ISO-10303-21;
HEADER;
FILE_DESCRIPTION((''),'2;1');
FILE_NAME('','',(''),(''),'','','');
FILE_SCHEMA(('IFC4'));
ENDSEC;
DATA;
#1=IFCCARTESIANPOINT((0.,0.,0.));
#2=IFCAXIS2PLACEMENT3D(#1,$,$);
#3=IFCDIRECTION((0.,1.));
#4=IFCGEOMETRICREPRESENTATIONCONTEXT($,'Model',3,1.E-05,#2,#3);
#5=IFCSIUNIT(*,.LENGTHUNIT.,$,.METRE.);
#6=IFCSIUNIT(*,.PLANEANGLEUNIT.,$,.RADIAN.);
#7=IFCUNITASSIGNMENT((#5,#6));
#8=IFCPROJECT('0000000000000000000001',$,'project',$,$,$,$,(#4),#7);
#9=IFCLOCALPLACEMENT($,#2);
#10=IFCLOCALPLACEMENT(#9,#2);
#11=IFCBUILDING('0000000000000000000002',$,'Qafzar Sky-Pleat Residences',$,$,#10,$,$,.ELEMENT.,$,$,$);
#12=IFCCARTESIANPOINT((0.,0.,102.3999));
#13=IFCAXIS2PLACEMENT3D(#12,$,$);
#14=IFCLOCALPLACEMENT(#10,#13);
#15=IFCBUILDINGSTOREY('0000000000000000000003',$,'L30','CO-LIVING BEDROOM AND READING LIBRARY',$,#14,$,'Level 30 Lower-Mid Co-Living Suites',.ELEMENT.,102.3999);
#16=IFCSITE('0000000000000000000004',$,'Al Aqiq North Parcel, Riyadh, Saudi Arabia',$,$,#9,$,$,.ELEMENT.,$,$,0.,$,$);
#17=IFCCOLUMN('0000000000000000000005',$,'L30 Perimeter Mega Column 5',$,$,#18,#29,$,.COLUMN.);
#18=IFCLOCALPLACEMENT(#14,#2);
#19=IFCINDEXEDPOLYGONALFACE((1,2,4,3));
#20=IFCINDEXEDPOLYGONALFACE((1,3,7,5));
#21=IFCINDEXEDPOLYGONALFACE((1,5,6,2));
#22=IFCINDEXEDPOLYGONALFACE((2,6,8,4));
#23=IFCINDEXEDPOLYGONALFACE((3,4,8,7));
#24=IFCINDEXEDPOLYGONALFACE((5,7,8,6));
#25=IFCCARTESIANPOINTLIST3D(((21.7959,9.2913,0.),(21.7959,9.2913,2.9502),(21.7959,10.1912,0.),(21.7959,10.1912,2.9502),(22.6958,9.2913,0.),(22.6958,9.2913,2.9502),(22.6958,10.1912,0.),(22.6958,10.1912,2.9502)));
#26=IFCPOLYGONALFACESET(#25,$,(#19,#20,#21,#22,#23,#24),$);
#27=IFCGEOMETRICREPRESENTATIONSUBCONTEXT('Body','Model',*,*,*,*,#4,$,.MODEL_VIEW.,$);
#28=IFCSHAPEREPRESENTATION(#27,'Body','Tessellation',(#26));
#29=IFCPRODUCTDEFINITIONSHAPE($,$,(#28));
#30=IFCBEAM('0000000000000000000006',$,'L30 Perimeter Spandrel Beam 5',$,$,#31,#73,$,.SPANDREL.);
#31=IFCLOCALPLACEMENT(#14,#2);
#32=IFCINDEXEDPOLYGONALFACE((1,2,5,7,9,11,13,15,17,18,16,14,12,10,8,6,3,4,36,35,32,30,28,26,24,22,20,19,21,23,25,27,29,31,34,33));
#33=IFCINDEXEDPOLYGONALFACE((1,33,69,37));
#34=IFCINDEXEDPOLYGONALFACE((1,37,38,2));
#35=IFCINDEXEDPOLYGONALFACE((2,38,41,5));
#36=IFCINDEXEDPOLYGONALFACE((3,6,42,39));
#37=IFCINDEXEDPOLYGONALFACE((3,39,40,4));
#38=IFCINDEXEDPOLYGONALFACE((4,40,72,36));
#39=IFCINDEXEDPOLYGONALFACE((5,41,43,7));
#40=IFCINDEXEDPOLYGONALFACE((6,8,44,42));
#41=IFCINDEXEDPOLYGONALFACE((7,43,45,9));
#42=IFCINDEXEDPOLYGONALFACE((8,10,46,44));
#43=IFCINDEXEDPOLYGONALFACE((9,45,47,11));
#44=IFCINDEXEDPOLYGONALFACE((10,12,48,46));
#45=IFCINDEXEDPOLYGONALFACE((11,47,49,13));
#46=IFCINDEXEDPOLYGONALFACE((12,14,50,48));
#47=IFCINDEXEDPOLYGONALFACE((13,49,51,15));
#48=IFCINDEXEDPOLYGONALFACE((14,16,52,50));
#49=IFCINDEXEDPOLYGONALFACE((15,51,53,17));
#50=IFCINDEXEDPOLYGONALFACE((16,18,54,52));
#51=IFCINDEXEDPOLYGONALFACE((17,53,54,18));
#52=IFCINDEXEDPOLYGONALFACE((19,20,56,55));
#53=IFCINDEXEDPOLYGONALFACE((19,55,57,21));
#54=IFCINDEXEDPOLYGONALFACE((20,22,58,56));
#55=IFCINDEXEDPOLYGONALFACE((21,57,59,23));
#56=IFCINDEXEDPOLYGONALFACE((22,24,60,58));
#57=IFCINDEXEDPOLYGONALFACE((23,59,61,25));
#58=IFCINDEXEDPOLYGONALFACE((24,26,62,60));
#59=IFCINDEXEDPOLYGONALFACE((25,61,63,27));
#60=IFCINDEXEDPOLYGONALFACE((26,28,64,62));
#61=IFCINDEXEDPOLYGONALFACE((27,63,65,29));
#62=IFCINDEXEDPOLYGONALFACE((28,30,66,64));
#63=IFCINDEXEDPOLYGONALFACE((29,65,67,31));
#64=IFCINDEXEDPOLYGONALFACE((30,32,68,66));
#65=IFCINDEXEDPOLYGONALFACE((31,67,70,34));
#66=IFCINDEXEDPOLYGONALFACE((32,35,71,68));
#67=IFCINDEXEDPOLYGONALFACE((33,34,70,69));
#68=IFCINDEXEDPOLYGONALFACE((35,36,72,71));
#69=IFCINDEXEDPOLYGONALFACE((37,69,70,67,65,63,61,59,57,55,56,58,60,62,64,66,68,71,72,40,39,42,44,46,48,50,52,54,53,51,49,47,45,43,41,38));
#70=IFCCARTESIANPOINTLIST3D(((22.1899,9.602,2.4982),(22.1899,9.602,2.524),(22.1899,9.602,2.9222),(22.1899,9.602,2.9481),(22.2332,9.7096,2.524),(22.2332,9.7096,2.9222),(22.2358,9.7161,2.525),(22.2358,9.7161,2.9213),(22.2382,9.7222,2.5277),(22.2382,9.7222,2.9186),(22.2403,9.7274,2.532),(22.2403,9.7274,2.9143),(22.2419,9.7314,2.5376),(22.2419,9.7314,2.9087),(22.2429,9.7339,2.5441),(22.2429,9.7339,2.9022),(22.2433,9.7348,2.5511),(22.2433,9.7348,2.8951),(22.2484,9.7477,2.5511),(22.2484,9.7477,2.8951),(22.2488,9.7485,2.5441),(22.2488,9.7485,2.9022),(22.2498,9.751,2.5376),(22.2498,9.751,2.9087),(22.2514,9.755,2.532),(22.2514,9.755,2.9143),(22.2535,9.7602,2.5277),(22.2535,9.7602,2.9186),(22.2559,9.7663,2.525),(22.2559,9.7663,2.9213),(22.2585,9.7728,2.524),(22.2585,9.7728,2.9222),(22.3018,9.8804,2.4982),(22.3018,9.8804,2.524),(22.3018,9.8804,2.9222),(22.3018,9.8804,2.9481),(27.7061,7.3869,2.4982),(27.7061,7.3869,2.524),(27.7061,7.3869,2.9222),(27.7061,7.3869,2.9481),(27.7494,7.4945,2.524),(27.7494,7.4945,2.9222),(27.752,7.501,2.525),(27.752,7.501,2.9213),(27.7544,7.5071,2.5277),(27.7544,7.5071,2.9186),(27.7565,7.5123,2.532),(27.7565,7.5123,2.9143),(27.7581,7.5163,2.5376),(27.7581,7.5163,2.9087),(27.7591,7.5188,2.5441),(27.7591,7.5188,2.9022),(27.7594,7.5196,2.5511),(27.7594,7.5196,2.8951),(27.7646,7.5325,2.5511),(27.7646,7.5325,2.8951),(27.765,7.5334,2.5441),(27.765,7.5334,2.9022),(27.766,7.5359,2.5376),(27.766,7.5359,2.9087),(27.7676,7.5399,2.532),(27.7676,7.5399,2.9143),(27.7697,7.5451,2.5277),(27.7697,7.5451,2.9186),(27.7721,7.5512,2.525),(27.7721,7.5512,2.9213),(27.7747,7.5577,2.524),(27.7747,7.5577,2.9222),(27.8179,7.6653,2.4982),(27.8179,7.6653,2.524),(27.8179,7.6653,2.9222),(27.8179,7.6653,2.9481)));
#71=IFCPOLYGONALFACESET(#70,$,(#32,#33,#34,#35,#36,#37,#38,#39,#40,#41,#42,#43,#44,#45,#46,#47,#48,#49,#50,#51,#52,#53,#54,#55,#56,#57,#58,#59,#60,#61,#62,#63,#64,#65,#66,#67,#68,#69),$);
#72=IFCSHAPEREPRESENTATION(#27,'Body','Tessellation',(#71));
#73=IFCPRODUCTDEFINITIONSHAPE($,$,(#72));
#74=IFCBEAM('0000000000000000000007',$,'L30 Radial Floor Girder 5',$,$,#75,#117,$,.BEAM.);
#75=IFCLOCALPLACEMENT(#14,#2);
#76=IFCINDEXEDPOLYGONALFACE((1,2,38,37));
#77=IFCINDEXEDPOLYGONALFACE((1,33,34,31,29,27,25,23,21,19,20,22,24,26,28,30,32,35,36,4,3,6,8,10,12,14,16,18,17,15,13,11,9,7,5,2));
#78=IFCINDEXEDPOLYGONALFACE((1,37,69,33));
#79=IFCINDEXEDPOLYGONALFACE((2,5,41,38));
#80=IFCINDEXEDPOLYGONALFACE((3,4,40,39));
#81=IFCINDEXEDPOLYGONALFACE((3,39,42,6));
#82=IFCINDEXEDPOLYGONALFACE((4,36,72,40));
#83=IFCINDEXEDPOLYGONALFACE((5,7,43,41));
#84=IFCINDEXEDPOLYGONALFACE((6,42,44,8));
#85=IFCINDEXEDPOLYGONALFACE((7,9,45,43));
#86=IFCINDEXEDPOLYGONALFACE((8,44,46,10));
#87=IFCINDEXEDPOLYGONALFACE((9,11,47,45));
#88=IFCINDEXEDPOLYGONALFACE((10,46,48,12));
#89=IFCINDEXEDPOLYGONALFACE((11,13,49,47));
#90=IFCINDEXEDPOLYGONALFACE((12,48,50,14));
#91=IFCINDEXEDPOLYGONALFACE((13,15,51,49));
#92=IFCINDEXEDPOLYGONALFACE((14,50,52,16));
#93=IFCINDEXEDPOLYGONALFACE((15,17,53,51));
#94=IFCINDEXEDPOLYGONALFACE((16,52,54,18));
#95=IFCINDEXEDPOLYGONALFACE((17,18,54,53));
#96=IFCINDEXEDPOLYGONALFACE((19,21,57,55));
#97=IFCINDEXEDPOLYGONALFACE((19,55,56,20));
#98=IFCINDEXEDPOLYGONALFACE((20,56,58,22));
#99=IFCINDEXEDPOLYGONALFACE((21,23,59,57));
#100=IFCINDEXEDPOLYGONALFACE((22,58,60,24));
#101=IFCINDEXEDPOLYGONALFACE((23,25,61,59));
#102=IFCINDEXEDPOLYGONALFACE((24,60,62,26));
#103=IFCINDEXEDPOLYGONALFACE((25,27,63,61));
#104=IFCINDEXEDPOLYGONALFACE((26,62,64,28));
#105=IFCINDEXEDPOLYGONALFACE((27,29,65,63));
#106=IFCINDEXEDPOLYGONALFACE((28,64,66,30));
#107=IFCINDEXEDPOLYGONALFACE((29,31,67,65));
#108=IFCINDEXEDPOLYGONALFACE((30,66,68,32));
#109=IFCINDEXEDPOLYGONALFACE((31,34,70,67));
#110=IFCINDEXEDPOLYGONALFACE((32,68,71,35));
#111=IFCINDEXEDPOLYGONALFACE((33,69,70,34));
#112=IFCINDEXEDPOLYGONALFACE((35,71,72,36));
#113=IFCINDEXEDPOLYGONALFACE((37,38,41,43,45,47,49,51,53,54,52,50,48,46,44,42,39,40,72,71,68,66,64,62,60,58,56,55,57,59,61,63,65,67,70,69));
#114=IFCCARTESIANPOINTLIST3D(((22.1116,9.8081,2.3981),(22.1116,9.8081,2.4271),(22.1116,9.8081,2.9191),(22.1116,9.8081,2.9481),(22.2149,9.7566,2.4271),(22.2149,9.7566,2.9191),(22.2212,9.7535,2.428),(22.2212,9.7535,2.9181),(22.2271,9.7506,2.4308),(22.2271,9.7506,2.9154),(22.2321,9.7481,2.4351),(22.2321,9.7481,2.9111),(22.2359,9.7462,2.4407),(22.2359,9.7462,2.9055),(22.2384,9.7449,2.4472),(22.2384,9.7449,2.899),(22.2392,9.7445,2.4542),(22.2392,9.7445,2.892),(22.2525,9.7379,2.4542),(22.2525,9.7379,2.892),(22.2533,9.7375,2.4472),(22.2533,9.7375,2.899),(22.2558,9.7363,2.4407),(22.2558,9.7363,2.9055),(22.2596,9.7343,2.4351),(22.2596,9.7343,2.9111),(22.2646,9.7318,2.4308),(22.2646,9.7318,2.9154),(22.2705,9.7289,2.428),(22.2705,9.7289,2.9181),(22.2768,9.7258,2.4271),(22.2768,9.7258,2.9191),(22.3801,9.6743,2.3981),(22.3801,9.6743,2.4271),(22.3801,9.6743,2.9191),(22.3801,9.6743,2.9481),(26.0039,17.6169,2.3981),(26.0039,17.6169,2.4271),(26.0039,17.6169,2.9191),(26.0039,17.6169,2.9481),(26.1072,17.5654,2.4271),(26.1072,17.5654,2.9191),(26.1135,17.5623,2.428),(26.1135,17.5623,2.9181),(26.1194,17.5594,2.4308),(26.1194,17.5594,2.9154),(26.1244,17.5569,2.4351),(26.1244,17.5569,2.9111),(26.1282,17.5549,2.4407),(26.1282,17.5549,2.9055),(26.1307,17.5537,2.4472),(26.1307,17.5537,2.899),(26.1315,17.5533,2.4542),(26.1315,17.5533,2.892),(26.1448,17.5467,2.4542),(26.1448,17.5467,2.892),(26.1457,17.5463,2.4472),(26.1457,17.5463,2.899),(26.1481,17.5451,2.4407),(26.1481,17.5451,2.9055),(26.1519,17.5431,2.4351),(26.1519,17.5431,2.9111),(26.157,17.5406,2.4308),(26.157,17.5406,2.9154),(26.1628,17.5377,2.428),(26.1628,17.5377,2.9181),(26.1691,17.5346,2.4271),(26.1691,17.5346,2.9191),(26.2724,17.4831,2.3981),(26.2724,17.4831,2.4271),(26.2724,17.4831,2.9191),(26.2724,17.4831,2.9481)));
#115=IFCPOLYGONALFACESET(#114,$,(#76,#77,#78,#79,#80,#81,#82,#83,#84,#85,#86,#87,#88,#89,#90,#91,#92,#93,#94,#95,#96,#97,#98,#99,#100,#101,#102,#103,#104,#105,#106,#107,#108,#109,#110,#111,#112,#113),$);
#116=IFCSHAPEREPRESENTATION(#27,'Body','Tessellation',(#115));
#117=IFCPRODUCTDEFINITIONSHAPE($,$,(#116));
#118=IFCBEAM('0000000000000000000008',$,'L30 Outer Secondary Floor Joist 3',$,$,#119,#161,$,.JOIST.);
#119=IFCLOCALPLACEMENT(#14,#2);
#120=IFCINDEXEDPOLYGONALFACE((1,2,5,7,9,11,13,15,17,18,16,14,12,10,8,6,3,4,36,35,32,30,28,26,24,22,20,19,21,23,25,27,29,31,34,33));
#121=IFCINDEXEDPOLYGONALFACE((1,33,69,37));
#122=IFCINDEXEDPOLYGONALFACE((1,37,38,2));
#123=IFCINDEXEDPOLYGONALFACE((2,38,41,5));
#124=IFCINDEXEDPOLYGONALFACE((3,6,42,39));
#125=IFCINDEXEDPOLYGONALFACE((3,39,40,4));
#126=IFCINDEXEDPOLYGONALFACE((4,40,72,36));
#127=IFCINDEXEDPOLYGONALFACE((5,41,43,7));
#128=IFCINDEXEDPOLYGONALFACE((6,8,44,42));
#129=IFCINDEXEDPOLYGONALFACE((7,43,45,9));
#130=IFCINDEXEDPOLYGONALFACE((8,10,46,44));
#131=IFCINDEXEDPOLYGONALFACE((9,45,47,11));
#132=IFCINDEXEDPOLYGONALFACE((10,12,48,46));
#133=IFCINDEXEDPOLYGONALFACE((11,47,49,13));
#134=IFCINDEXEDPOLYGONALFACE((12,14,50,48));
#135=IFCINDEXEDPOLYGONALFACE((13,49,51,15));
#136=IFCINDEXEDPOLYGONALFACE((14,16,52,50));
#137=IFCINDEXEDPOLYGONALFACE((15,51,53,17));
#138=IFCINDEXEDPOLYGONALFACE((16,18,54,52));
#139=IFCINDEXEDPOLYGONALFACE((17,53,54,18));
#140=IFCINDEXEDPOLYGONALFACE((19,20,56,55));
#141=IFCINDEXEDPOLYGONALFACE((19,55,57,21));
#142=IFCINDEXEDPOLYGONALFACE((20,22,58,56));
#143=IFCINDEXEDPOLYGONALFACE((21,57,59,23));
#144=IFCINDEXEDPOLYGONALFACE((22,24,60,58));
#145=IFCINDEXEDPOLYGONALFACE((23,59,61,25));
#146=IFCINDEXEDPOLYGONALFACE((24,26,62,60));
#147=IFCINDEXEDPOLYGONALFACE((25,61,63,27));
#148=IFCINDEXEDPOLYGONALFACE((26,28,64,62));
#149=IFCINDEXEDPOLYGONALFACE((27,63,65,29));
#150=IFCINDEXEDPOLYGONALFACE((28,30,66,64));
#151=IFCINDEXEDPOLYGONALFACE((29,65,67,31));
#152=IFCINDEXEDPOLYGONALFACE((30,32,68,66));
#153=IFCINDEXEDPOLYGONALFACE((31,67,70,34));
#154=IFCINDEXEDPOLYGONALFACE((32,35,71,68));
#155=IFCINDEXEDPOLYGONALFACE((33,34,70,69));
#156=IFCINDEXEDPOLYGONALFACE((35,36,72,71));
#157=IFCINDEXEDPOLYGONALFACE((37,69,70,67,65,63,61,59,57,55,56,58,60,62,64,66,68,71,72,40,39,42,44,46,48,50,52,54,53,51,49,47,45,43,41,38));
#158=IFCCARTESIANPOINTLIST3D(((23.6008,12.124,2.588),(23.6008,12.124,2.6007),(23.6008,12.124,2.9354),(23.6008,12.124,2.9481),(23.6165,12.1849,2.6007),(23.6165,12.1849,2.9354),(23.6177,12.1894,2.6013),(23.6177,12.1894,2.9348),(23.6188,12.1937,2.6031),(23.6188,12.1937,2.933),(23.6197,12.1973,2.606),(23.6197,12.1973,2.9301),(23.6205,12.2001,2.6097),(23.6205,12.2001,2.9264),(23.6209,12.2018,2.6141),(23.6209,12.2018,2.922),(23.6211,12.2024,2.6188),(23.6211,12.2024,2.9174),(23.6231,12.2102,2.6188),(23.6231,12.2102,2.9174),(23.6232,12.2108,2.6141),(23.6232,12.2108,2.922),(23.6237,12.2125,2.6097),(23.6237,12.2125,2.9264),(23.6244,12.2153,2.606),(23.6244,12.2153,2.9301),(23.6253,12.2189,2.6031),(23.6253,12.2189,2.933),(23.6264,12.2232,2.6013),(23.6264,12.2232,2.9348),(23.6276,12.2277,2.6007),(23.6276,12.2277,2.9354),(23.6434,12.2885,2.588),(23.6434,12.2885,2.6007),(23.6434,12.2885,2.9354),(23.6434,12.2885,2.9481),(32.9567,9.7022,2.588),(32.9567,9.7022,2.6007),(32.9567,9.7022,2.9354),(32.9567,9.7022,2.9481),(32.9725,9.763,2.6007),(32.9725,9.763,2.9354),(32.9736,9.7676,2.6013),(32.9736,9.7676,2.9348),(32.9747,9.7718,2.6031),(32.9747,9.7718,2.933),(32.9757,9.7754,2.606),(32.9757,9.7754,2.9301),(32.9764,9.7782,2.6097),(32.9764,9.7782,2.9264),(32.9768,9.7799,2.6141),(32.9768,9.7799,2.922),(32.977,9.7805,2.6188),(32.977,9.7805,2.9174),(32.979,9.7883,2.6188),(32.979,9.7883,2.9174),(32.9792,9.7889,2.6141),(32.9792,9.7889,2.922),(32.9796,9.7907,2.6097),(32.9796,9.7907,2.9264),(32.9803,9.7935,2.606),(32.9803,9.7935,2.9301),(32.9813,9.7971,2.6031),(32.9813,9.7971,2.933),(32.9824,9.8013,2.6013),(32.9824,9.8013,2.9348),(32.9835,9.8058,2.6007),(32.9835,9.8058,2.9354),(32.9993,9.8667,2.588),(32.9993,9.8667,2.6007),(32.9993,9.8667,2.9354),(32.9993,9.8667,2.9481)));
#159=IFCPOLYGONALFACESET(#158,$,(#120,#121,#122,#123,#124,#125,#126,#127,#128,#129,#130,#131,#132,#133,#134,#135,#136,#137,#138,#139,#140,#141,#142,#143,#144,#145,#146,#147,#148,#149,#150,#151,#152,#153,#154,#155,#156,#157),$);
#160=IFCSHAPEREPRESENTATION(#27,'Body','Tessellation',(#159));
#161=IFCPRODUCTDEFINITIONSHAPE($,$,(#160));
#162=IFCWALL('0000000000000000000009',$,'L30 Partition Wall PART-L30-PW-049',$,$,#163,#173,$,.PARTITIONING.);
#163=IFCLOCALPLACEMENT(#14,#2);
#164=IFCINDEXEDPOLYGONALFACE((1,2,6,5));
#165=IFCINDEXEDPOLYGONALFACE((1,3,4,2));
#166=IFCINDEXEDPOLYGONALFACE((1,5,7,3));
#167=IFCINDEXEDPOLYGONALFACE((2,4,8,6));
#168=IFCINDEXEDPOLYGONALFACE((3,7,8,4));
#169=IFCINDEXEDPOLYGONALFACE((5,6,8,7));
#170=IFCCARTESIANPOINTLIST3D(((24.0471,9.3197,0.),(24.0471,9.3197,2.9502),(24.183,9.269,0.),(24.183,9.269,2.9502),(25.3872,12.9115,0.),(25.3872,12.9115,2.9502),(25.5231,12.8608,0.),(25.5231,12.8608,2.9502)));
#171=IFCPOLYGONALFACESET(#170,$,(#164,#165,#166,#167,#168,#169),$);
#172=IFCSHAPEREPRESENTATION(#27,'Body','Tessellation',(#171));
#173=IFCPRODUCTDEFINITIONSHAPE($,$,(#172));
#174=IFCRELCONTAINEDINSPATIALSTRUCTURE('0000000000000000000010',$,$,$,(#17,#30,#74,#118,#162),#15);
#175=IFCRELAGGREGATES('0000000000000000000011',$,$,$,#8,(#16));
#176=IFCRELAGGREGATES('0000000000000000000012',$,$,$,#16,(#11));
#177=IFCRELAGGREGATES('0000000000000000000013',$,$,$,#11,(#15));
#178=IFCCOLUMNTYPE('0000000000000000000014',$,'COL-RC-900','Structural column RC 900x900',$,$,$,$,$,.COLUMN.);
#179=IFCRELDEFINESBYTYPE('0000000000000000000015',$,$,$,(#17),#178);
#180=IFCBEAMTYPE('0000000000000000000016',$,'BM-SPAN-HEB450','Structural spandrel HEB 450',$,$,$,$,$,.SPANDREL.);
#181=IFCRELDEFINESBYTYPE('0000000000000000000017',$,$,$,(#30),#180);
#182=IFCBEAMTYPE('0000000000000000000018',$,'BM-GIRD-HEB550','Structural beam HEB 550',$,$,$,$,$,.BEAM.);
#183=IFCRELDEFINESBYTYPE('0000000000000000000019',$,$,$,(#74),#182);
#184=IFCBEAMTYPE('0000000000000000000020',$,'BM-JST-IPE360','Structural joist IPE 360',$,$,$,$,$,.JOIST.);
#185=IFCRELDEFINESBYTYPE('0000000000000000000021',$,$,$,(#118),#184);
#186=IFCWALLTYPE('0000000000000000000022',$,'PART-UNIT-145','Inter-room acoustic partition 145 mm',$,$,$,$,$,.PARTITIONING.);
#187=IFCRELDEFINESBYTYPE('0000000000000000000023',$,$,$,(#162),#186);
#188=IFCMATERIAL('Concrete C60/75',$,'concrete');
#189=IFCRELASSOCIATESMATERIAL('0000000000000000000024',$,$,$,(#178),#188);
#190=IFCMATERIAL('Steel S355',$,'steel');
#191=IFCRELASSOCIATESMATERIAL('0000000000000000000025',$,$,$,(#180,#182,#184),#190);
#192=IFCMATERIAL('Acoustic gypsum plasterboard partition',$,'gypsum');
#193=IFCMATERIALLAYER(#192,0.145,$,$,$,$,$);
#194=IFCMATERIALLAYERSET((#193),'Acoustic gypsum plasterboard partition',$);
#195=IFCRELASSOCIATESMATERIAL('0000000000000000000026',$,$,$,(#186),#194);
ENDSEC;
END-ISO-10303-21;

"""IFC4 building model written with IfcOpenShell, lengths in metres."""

from ifc_helpers import new_model, si_unit, direction, frame, frame_2d, origin, origin_2d, place, context, subcontext, project, spatial, rectangle, i_section, extrude, source, transform, mapped, material, layer, layer_set, material_profile, profile_set, type_object, element, save


model = new_model("IFC4")

# Units and contexts
model_context = context("Model", 3, precision=1e-05, world=origin(), true_north=direction((0.0, 1.0)))
body_context = subcontext(model_context, "Body", "Model", "MODEL_VIEW")
ifc_project = project(units=[si_unit("LENGTHUNIT", "METRE"), si_unit("PLANEANGLEUNIT", "RADIAN")], contexts=[model_context])

# Site, building, storey
site_placement = place(None, origin())
site = spatial("IfcSite", under=ifc_project, at=site_placement, Name="Al Aqiq North Parcel, Riyadh, Saudi Arabia", CompositionType="ELEMENT", RefElevation=0.0)
building_placement = place(site_placement, origin())
building = spatial("IfcBuilding", under=site, at=building_placement, Name="Qafzar Sky-Pleat Residences", CompositionType="ELEMENT")
storey_placement = place(building_placement, frame((0.0, 0.0, 102.3999)))
storey = spatial("IfcBuildingStorey", under=building, at=storey_placement, Name="L30", Description="CO-LIVING BEDROOM AND READING LIBRARY", LongName="Level 30 Lower-Mid Co-Living Suites", CompositionType="ELEMENT", Elevation=102.3999)

# Column
ifc_material_1 = material(Name="Concrete C60/75", Category="concrete")
ifc_material_profile_1 = material_profile(ifc_material_1, rectangle(XDim=0.8999, YDim=0.8999, at=origin_2d()), Name="RC 900x900")
ifc_profile_set_1 = profile_set([ifc_material_profile_1], Name="Concrete C60/75")
column_type = type_object("IfcColumnType", Name="COL-RC-900", Description="Structural column RC 900x900", PredefinedType="COLUMN", material=ifc_profile_set_1)
shared_shape_1 = source(origin(), body_context, "Body", "SweptSolid", [
    extrude(rectangle(XDim=0.8999, YDim=0.8999, at=origin_2d()), origin(), (0.0, 0.0, 1.0), 2.9502),
])
column_placement = place(storey_placement, frame((22.2458, 9.7412, 0.0), z_axis=(0.0, 0.0, 1.0), x_axis=(1.0, 0.0, 0.0)))
element("IfcColumn", 1, at=column_placement, inside=storey, type_object=column_type, Name="L30 Perimeter Mega Column 5", PredefinedType="COLUMN", context=body_context, shape_type="MappedRepresentation", body=[
    mapped(shared_shape_1, transform((0.0, 0.0, 0.0), x_axis=(1.0, 0.0, 0.0), y_axis=(0.0, 1.0, 0.0), z_axis=(0.0, 0.0, 1.0), scale=1.0)),
])

# Beams
ifc_material_2 = material(Name="Steel S355", Category="steel")
ifc_material_profile_2 = material_profile(ifc_material_2, i_section(OverallWidth=0.3, OverallDepth=0.45, WebThickness=0.0139, FlangeThickness=0.0259, FilletRadius=0.0271, at=origin_2d()), Name="HEB 450")
ifc_profile_set_2 = profile_set([ifc_material_profile_2], Name="Steel S355")
beam_type_1 = type_object("IfcBeamType", Name="BM-SPAN-HEB450", Description="Structural spandrel HEB 450", PredefinedType="SPANDREL", material=ifc_profile_set_2)
shared_shape_2 = source(origin(), body_context, "Body", "SweptSolid", [
    extrude(i_section(OverallWidth=0.3, OverallDepth=0.45, WebThickness=0.0139, FlangeThickness=0.0259, FilletRadius=0.0271, at=origin_2d()), origin(), (0.0, 0.0, 1.0), 5.9443),
])
beam_1_placement = place(storey_placement, frame((22.2458, 9.7412, 2.7231), z_axis=(0.927974, -0.372644, 0.0), x_axis=(0.372644, 0.927974, 0.0)))
element("IfcBeam", 2, at=beam_1_placement, inside=storey, type_object=beam_type_1, Name="L30 Perimeter Spandrel Beam 5", PredefinedType="SPANDREL", context=body_context, shape_type="MappedRepresentation", body=[
    mapped(shared_shape_2, transform((0.0, 0.0, 0.0), x_axis=(1.0, 0.0, 0.0), y_axis=(0.0, 1.0, 0.0), z_axis=(0.0, 0.0, 1.0), scale=1.0)),
])
ifc_material_profile_3 = material_profile(ifc_material_2, i_section(OverallWidth=0.3, OverallDepth=0.55, WebThickness=0.0149, FlangeThickness=0.0291, FilletRadius=0.0271, at=origin_2d()), Name="HEB 550")
ifc_profile_set_3 = profile_set([ifc_material_profile_3], Name="Steel S355")
beam_type_2 = type_object("IfcBeamType", Name="BM-GIRD-HEB550", Description="Structural beam HEB 550", PredefinedType="BEAM", material=ifc_profile_set_3)
shared_shape_3 = source(origin(), body_context, "Body", "SweptSolid", [
    extrude(i_section(OverallWidth=0.3, OverallDepth=0.55, WebThickness=0.0149, FlangeThickness=0.0291, FilletRadius=0.0271, at=origin_2d()), origin(), (0.0, 0.0, 1.0), 8.7251),
])
beam_2_placement = place(storey_placement, frame((22.2458, 9.7412, 2.6731), z_axis=(0.446105, 0.894981, 0.0), x_axis=(-0.894981, 0.446105, 0.0)))
element("IfcBeam", 3, at=beam_2_placement, inside=storey, type_object=beam_type_2, Name="L30 Radial Floor Girder 5", PredefinedType="BEAM", context=body_context, shape_type="MappedRepresentation", body=[
    mapped(shared_shape_3, transform((0.0, 0.0, 0.0), x_axis=(1.0, 0.0, 0.0), y_axis=(0.0, 1.0, 0.0), z_axis=(0.0, 0.0, 1.0), scale=1.0)),
])
ifc_material_profile_4 = material_profile(ifc_material_2, i_section(OverallWidth=0.1699, OverallDepth=0.3601, WebThickness=0.0081, FlangeThickness=0.0127, FilletRadius=0.0181, at=origin_2d()), Name="IPE 360")
ifc_profile_set_4 = profile_set([ifc_material_profile_4], Name="Steel S355")
beam_type_3 = type_object("IfcBeamType", Name="BM-JST-IPE360", Description="Structural joist IPE 360", PredefinedType="JOIST", material=ifc_profile_set_4)
shared_shape_4 = source(origin(), body_context, "Body", "SweptSolid", [
    extrude(i_section(OverallWidth=0.1699, OverallDepth=0.3601, WebThickness=0.0081, FlangeThickness=0.0127, FilletRadius=0.0181, at=origin_2d()), origin(), (0.0, 0.0, 1.0), 9.6643),
])
beam_3_placement = place(storey_placement, frame((23.6221, 12.2063, 2.7681), z_axis=(0.968091, -0.250599, 0.0), x_axis=(0.250599, 0.968091, 0.0)))
element("IfcBeam", 4, at=beam_3_placement, inside=storey, type_object=beam_type_3, Name="L30 Outer Secondary Floor Joist 3", PredefinedType="JOIST", context=body_context, shape_type="MappedRepresentation", body=[
    mapped(shared_shape_4, transform((0.0, 0.0, 0.0), x_axis=(1.0, 0.0, 0.0), y_axis=(0.0, 1.0, 0.0), z_axis=(0.0, 0.0, 1.0), scale=1.0)),
])

# Wall
ifc_material_3 = material(Name="Acoustic gypsum plasterboard partition", Category="gypsum")
ifc_layer_1 = layer(ifc_material_3, 0.145)
ifc_layer_set_1 = layer_set([ifc_layer_1], Name="Acoustic gypsum plasterboard partition")
wall_type_1 = type_object("IfcWallType", Name="PART-UNIT-145", Description="Inter-room acoustic partition 145 mm", PredefinedType="PARTITIONING", material=ifc_layer_set_1)
wall_1_placement = place(storey_placement, frame((24.115, 9.2942, 0.0), z_axis=(0.0, 0.0, 1.0), x_axis=(0.34956, 0.936914, 0.0)))
element("IfcWall", 5, at=wall_1_placement, inside=storey, type_object=wall_type_1, Name="L30 Partition Wall PART-L30-PW-049", PredefinedType="PARTITIONING", context=body_context, shape_type="SweptSolid", body=[
    extrude(rectangle(XDim=3.8337, YDim=0.145, at=frame_2d((1.917, 0.0))), origin(), (0.0, 0.0, 1.0), 2.9502),
])

save(model, "model.ifc")
